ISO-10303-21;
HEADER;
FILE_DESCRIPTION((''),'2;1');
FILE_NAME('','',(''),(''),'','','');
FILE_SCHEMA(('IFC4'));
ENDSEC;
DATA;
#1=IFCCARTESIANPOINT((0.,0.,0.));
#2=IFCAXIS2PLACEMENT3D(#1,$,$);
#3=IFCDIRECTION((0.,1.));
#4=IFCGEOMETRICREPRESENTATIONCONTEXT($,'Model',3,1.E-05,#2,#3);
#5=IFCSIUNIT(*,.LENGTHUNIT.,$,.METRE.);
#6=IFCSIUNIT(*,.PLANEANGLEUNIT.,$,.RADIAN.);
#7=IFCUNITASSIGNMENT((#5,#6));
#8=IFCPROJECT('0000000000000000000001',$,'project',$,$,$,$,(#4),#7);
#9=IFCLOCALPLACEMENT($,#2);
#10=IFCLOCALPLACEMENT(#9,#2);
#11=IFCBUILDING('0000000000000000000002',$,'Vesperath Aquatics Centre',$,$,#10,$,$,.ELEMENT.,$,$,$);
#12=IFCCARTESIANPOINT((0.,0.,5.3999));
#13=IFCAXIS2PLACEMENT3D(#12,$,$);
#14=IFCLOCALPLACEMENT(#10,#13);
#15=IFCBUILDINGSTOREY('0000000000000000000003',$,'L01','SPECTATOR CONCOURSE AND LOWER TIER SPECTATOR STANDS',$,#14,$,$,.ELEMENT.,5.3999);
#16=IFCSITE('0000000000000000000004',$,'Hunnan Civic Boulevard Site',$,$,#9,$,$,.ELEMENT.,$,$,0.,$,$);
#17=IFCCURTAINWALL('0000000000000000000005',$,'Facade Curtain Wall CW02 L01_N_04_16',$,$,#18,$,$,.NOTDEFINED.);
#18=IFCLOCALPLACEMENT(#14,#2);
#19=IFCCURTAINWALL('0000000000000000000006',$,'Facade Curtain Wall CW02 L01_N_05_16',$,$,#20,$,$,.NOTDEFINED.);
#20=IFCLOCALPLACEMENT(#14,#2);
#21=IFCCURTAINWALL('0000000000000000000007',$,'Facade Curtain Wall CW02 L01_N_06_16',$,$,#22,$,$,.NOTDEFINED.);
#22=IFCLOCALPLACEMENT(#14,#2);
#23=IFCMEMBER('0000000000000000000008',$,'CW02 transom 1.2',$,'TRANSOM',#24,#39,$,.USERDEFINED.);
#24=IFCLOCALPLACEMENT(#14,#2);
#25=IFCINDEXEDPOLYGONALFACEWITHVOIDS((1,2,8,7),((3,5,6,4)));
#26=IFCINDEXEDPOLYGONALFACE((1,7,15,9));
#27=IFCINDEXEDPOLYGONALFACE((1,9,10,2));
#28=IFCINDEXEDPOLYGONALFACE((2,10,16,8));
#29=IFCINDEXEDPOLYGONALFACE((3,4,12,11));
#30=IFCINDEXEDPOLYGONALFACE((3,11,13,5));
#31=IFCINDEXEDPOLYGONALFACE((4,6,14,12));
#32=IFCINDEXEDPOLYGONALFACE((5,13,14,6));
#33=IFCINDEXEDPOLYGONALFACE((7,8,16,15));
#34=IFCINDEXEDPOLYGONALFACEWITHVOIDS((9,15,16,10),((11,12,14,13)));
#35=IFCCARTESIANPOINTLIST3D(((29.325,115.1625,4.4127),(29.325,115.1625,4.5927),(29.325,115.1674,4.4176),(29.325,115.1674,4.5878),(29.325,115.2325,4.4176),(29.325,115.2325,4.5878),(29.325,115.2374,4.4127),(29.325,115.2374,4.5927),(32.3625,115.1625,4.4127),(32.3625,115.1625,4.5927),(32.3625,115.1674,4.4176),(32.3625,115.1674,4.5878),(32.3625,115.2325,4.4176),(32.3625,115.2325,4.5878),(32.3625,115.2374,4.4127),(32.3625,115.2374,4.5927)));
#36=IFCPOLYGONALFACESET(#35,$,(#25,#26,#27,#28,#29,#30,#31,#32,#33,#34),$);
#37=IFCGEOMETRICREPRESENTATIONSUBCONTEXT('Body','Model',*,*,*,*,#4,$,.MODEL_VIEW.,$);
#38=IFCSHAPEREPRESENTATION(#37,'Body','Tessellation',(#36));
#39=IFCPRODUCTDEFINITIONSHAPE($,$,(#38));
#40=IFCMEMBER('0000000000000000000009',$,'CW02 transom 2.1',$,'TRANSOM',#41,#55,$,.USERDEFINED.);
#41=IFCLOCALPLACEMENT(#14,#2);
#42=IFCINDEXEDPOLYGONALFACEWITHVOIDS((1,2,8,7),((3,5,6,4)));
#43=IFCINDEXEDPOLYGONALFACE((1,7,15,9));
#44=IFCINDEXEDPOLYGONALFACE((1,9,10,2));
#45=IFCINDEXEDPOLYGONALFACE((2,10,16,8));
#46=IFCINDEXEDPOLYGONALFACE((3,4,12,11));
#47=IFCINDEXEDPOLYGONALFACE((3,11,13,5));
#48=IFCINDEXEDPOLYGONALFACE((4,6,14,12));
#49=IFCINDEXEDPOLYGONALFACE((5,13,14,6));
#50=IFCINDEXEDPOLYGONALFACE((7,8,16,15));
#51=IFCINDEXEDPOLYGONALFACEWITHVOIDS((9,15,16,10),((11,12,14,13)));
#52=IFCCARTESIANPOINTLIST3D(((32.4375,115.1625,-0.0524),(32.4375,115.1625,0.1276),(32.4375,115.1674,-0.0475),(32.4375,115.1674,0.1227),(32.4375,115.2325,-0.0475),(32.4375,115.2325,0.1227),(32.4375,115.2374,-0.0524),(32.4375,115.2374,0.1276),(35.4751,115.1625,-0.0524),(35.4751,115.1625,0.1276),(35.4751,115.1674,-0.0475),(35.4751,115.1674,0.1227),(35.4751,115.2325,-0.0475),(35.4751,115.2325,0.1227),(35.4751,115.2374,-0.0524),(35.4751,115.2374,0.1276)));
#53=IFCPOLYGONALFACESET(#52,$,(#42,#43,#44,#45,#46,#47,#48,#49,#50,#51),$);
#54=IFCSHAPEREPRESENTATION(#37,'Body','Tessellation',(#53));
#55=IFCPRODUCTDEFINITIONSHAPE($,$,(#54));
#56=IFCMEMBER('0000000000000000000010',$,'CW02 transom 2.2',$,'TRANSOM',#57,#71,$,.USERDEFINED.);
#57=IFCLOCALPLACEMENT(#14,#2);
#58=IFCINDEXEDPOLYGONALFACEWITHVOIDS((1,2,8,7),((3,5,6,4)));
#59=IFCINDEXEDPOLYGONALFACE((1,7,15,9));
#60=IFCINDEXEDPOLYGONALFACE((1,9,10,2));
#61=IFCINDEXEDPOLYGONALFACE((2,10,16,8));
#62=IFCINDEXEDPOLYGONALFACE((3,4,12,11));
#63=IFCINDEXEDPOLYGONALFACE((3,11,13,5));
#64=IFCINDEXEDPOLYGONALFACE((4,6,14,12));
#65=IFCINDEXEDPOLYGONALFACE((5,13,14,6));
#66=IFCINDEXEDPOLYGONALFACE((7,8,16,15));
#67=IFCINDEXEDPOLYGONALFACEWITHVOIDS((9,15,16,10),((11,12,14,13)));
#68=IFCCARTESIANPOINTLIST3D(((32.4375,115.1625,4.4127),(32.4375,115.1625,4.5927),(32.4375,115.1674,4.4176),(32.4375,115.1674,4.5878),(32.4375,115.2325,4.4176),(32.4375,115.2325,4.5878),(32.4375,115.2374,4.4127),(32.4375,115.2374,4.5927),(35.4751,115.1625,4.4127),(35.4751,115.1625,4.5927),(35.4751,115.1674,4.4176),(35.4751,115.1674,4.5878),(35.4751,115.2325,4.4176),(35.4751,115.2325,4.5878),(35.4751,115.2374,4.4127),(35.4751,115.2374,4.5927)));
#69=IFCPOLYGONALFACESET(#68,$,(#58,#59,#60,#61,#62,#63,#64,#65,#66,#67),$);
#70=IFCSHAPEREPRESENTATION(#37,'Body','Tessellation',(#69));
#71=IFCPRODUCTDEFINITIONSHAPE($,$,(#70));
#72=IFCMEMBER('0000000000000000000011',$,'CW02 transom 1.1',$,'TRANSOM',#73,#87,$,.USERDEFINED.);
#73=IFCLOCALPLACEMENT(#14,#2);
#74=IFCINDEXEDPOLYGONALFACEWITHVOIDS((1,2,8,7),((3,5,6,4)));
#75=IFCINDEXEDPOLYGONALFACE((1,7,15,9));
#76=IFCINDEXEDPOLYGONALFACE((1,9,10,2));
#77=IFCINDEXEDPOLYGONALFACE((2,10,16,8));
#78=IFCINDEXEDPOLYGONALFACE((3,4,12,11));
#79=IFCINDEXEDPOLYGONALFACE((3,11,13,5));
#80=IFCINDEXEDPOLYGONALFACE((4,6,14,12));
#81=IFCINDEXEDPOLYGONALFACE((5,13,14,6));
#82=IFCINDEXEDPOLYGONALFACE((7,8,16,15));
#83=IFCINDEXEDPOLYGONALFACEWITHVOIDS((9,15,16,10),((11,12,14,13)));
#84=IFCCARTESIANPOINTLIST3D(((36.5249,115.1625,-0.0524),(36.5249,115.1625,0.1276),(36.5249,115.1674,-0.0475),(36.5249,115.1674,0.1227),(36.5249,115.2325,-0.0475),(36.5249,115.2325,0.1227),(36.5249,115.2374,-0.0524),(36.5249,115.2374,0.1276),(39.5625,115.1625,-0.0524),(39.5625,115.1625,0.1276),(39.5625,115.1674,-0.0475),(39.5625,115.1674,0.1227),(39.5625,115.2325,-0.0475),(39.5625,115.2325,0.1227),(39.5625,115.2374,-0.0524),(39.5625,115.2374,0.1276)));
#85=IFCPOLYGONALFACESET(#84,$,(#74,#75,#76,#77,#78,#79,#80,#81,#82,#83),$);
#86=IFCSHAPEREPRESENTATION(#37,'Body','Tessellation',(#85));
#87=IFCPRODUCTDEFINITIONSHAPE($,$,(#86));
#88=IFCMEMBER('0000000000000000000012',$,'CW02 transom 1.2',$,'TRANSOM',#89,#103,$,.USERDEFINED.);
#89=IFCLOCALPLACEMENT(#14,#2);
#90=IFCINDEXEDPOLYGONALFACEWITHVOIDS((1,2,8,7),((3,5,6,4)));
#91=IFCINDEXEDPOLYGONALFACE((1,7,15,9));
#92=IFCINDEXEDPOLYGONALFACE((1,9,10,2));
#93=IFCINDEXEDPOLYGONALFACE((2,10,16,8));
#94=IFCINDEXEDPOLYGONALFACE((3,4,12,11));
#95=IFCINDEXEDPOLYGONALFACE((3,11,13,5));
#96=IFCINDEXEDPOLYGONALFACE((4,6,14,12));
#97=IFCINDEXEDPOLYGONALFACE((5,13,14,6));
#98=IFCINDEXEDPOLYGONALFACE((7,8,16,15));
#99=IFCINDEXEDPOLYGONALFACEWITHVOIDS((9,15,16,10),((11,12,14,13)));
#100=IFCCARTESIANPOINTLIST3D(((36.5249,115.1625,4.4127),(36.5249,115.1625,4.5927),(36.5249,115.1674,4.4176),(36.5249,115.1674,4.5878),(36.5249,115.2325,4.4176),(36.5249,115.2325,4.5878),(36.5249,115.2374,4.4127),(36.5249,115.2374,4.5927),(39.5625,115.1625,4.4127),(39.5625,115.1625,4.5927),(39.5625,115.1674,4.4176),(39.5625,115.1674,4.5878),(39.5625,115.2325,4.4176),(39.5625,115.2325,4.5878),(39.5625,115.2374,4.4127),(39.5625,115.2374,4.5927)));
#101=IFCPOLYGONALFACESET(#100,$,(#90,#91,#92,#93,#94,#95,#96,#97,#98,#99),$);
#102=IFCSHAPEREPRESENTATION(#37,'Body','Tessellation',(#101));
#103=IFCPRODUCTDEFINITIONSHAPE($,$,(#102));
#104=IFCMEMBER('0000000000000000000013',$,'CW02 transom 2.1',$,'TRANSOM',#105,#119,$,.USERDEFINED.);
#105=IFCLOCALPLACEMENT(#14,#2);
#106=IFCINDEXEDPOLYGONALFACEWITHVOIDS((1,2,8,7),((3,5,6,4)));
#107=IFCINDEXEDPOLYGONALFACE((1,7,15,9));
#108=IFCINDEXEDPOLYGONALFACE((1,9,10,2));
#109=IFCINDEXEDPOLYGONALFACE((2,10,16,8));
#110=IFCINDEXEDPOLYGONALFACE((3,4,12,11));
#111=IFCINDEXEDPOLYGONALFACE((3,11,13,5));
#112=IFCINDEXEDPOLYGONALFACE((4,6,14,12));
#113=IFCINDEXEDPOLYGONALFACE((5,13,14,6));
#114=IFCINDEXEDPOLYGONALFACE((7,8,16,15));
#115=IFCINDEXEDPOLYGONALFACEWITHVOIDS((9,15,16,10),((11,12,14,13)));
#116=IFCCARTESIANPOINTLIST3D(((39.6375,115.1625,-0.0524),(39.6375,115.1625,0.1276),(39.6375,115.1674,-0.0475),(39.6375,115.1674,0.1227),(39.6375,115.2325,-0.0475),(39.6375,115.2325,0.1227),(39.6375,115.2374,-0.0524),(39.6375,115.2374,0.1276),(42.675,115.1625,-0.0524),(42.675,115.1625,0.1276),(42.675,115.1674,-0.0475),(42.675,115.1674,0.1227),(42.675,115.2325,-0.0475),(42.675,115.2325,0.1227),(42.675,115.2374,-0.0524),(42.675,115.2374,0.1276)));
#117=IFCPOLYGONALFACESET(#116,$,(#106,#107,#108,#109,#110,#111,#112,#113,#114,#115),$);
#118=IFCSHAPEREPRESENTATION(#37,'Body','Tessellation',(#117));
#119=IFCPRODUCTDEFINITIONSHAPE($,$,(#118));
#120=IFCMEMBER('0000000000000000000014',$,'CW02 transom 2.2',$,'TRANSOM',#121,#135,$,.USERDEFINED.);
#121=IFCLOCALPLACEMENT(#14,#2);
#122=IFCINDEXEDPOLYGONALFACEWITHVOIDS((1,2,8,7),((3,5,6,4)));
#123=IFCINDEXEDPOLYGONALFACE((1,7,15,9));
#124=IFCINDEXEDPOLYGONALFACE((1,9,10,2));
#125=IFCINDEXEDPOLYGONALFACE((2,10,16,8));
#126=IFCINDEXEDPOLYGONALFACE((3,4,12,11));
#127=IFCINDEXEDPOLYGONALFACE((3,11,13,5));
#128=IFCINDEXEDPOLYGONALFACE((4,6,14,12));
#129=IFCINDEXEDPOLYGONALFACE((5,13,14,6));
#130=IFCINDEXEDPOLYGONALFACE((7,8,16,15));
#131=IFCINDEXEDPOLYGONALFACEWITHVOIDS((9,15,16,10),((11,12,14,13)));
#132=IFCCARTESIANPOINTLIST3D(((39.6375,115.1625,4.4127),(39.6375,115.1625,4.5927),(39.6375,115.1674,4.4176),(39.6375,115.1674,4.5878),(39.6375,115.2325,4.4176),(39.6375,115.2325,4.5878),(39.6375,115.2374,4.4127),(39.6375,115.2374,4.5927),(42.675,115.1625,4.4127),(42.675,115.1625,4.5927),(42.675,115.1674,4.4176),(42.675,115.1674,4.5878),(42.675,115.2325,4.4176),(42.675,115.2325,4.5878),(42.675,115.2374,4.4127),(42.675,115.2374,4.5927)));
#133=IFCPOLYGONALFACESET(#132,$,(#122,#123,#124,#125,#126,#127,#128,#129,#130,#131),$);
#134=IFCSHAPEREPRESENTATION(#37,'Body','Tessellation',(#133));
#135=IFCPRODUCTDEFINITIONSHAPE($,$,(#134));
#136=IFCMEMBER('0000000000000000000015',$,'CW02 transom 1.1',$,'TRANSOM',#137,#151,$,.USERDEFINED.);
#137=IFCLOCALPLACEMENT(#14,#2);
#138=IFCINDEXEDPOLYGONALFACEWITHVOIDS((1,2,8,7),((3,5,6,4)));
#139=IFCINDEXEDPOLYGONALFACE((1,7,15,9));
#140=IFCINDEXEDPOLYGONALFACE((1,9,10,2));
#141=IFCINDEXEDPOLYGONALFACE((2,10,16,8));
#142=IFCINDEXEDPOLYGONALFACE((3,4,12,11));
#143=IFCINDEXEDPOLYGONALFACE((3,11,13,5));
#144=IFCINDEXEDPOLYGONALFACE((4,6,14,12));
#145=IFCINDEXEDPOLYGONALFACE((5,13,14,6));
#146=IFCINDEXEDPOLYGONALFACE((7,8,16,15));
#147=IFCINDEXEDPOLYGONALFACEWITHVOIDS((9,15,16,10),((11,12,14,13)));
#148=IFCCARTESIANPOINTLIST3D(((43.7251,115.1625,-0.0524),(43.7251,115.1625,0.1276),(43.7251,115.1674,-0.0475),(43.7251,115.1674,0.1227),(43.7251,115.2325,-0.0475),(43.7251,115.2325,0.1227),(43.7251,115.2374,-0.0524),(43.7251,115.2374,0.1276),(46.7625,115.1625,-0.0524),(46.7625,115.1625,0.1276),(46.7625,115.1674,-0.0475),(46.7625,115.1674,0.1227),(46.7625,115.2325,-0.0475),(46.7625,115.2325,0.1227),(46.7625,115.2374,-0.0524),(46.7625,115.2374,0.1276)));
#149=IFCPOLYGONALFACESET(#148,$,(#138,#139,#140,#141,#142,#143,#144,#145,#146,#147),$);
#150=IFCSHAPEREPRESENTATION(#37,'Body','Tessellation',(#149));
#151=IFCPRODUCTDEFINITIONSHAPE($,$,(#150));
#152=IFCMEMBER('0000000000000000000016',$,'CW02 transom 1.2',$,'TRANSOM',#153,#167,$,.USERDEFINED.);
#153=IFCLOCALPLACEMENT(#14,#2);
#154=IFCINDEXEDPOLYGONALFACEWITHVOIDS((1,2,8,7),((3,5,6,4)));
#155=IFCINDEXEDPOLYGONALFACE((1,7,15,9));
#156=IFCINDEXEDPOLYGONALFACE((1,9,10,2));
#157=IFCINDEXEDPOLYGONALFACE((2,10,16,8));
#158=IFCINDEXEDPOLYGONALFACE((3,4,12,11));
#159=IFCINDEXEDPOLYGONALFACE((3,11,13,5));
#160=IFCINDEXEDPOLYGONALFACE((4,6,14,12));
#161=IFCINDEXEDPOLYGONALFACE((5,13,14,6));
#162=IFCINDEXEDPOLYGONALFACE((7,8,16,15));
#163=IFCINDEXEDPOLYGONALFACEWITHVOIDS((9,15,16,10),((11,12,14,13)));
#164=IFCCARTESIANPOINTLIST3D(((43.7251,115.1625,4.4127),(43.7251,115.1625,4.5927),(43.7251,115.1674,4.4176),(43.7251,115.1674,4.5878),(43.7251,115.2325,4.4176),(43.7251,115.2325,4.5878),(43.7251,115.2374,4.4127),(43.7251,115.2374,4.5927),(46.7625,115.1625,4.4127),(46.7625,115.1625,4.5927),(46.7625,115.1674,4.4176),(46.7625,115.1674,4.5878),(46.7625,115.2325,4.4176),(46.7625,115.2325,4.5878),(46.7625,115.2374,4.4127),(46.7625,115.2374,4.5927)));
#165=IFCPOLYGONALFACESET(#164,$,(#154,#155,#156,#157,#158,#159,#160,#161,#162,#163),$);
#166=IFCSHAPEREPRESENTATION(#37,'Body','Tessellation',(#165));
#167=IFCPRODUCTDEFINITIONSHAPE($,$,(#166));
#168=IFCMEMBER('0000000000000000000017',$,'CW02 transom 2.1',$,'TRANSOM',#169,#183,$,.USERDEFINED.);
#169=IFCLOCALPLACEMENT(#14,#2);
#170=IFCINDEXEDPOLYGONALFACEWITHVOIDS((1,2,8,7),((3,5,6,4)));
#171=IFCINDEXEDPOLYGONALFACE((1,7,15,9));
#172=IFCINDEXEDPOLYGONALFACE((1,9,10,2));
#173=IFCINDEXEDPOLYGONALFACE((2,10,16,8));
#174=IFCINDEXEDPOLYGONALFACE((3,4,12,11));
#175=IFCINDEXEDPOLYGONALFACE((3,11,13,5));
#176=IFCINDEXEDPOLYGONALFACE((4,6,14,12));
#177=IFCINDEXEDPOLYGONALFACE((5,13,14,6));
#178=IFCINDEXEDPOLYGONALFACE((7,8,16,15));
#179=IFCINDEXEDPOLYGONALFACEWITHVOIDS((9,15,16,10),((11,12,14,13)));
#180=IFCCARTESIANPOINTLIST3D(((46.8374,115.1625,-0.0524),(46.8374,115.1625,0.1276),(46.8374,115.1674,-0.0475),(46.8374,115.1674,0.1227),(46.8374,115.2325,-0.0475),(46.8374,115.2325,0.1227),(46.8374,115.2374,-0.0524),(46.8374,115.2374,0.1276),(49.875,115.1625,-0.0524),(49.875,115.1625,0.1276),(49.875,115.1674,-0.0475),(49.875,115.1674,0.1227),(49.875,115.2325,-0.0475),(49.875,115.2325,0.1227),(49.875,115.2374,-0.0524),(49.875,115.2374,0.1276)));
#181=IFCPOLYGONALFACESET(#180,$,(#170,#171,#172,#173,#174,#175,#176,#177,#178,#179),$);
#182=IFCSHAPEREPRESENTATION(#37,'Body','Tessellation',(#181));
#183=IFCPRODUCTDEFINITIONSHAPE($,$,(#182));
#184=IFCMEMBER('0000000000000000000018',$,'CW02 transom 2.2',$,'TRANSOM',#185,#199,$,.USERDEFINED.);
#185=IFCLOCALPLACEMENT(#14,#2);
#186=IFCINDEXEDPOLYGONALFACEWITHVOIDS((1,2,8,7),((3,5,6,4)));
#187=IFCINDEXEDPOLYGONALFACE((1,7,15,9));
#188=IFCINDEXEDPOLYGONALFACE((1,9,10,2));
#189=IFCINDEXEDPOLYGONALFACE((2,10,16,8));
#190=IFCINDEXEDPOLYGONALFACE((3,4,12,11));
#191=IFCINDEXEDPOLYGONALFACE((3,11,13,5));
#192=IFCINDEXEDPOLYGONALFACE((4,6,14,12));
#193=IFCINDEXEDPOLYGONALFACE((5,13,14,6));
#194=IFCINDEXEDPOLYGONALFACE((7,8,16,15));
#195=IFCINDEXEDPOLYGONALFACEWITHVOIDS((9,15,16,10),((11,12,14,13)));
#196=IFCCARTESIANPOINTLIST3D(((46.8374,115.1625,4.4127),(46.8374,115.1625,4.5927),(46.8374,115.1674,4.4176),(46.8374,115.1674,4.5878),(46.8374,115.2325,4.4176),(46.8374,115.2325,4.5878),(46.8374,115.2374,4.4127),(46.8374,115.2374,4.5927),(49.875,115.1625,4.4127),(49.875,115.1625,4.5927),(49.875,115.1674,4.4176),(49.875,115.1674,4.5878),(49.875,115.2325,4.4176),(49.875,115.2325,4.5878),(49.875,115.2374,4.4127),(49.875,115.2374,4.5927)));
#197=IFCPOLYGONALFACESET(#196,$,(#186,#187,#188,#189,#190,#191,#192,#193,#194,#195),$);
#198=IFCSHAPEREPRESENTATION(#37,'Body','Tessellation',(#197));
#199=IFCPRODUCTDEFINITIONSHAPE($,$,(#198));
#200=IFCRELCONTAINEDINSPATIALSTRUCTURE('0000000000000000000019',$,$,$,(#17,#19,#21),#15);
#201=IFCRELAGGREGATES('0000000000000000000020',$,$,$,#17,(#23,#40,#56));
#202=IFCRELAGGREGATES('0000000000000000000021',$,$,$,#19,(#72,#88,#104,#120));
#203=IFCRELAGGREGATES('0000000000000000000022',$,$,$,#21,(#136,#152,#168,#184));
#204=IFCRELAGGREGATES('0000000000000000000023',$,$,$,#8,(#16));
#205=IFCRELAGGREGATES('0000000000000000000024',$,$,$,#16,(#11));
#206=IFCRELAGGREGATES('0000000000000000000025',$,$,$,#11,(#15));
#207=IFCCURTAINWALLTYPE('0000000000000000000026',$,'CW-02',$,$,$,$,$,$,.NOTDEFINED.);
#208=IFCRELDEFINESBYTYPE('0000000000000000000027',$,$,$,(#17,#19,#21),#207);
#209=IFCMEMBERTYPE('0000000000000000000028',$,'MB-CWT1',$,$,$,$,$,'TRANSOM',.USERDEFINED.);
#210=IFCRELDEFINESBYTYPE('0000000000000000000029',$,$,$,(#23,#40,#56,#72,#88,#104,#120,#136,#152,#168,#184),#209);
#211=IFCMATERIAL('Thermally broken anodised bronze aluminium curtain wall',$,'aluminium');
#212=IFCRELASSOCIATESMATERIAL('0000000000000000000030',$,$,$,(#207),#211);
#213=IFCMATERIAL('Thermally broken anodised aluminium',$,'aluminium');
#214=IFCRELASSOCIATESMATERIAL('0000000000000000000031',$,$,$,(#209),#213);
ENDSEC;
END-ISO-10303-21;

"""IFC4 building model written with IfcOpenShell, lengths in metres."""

from ifc_helpers import new_model, si_unit, direction, frame, origin, origin_2d, place, context, subcontext, project, spatial, hollow_rectangle, extrude, material, material_profile, profile_set, type_object, element, aggregate, save


model = new_model("IFC4")

# Units and contexts
model_context = context("Model", 3, precision=1e-05, world=origin(), true_north=direction((0.0, 1.0)))
body_context = subcontext(model_context, "Body", "Model", "MODEL_VIEW")
ifc_project = project(units=[si_unit("LENGTHUNIT", "METRE"), si_unit("PLANEANGLEUNIT", "RADIAN")], contexts=[model_context])

# Site, building, storey
site_placement = place(None, origin())
site = spatial("IfcSite", under=ifc_project, at=site_placement, Name="Hunnan Civic Boulevard Site", CompositionType="ELEMENT", RefElevation=0.0)
building_placement = place(site_placement, origin())
building = spatial("IfcBuilding", under=site, at=building_placement, Name="Vesperath Aquatics Centre", CompositionType="ELEMENT")
storey_placement = place(building_placement, frame((0.0, 0.0, 5.3999)))
storey = spatial("IfcBuildingStorey", under=building, at=storey_placement, Name="L01", Description="SPECTATOR CONCOURSE AND LOWER TIER SPECTATOR STANDS", CompositionType="ELEMENT", Elevation=5.3999)

# Curtain walls
ifc_material_1 = material(Name="Thermally broken anodised bronze aluminium curtain wall", Category="aluminium")
curtain_wall_type = type_object("IfcCurtainWallType", Name="CW-02", PredefinedType="NOTDEFINED", material=ifc_material_1)
curtain_wall_1_placement = place(storey_placement, origin())
curtain_wall_1 = element("IfcCurtainWall", 1, at=curtain_wall_1_placement, inside=storey, type_object=curtain_wall_type, Name="Facade Curtain Wall CW02 L01_N_04_16", PredefinedType="NOTDEFINED")
ifc_material_2 = material(Name="Thermally broken anodised aluminium", Category="aluminium")
curtain_wall_2_placement = place(storey_placement, origin())
curtain_wall_2 = element("IfcCurtainWall", 2, at=curtain_wall_2_placement, inside=storey, type_object=curtain_wall_type, Name="Facade Curtain Wall CW02 L01_N_05_16", PredefinedType="NOTDEFINED")
curtain_wall_3_placement = place(storey_placement, origin())
curtain_wall_3 = element("IfcCurtainWall", 3, at=curtain_wall_3_placement, inside=storey, type_object=curtain_wall_type, Name="Facade Curtain Wall CW02 L01_N_06_16", PredefinedType="NOTDEFINED")

# Members
ifc_material_profile_1 = material_profile(ifc_material_2, hollow_rectangle(XDim=0.075, YDim=0.1799, WallThickness=0.0049, at=origin_2d()), Name="CWT 75x180x5")
ifc_profile_set_1 = profile_set([ifc_material_profile_1], Name="Thermally broken anodised aluminium")
member_type_1 = type_object("IfcMemberType", Name="MB-CWT1", ElementType="TRANSOM", PredefinedType="USERDEFINED", material=ifc_profile_set_1)
member_1_placement = place(storey_placement, frame((29.325, 115.2, 4.5027), z_axis=(1.0, 0.0, 0.0), x_axis=(0.0, 1.0, 0.0)))
member_1 = element("IfcMember", 4, at=member_1_placement, type_object=member_type_1, Name="CW02 transom 1.2", ObjectType="TRANSOM", PredefinedType="USERDEFINED", context=body_context, shape_type="SweptSolid", body=[
    extrude(hollow_rectangle(XDim=0.075, YDim=0.1799, WallThickness=0.0049, at=origin_2d()), origin(), (0.0, 0.0, 1.0), 3.0376),
])
member_2_placement = place(storey_placement, frame((32.4375, 115.2, 0.0376), z_axis=(1.0, 0.0, 0.0), x_axis=(0.0, 1.0, 0.0)))
member_2 = element("IfcMember", 5, at=member_2_placement, type_object=member_type_1, Name="CW02 transom 2.1", ObjectType="TRANSOM", PredefinedType="USERDEFINED", context=body_context, shape_type="SweptSolid", body=[
    extrude(hollow_rectangle(XDim=0.075, YDim=0.1799, WallThickness=0.0049, at=origin_2d()), origin(), (0.0, 0.0, 1.0), 3.0376),
])
member_3_placement = place(storey_placement, frame((32.4375, 115.2, 4.5027), z_axis=(1.0, 0.0, 0.0), x_axis=(0.0, 1.0, 0.0)))
member_3 = element("IfcMember", 6, at=member_3_placement, type_object=member_type_1, Name="CW02 transom 2.2", ObjectType="TRANSOM", PredefinedType="USERDEFINED", context=body_context, shape_type="SweptSolid", body=[
    extrude(hollow_rectangle(XDim=0.075, YDim=0.1799, WallThickness=0.0049, at=origin_2d()), origin(), (0.0, 0.0, 1.0), 3.0376),
])
member_4_placement = place(storey_placement, frame((36.5249, 115.2, 0.0376), z_axis=(1.0, 0.0, 0.0), x_axis=(0.0, 1.0, 0.0)))
member_4 = element("IfcMember", 7, at=member_4_placement, type_object=member_type_1, Name="CW02 transom 1.1", ObjectType="TRANSOM", PredefinedType="USERDEFINED", context=body_context, shape_type="SweptSolid", body=[
    extrude(hollow_rectangle(XDim=0.075, YDim=0.1799, WallThickness=0.0049, at=origin_2d()), origin(), (0.0, 0.0, 1.0), 3.0376),
])
member_5_placement = place(storey_placement, frame((36.5249, 115.2, 4.5027), z_axis=(1.0, 0.0, 0.0), x_axis=(0.0, 1.0, 0.0)))
member_5 = element("IfcMember", 8, at=member_5_placement, type_object=member_type_1, Name="CW02 transom 1.2", ObjectType="TRANSOM", PredefinedType="USERDEFINED", context=body_context, shape_type="SweptSolid", body=[
    extrude(hollow_rectangle(XDim=0.075, YDim=0.1799, WallThickness=0.0049, at=origin_2d()), origin(), (0.0, 0.0, 1.0), 3.0376),
])
member_6_placement = place(storey_placement, frame((39.6375, 115.2, 0.0376), z_axis=(1.0, 0.0, 0.0), x_axis=(0.0, 1.0, 0.0)))
member_6 = element("IfcMember", 9, at=member_6_placement, type_object=member_type_1, Name="CW02 transom 2.1", ObjectType="TRANSOM", PredefinedType="USERDEFINED", context=body_context, shape_type="SweptSolid", body=[
    extrude(hollow_rectangle(XDim=0.075, YDim=0.1799, WallThickness=0.0049, at=origin_2d()), origin(), (0.0, 0.0, 1.0), 3.0376),
])
member_7_placement = place(storey_placement, frame((39.6375, 115.2, 4.5027), z_axis=(1.0, 0.0, 0.0), x_axis=(0.0, 1.0, 0.0)))
member_7 = element("IfcMember", 10, at=member_7_placement, type_object=member_type_1, Name="CW02 transom 2.2", ObjectType="TRANSOM", PredefinedType="USERDEFINED", context=body_context, shape_type="SweptSolid", body=[
    extrude(hollow_rectangle(XDim=0.075, YDim=0.1799, WallThickness=0.0049, at=origin_2d()), origin(), (0.0, 0.0, 1.0), 3.0376),
])
member_8_placement = place(storey_placement, frame((43.7251, 115.2, 0.0376), z_axis=(1.0, 0.0, 0.0), x_axis=(0.0, 1.0, 0.0)))
member_8 = element("IfcMember", 11, at=member_8_placement, type_object=member_type_1, Name="CW02 transom 1.1", ObjectType="TRANSOM", PredefinedType="USERDEFINED", context=body_context, shape_type="SweptSolid", body=[
    extrude(hollow_rectangle(XDim=0.075, YDim=0.1799, WallThickness=0.0049, at=origin_2d()), origin(), (0.0, 0.0, 1.0), 3.0374),
])
member_9_placement = place(storey_placement, frame((43.7251, 115.2, 4.5027), z_axis=(1.0, 0.0, 0.0), x_axis=(0.0, 1.0, 0.0)))
member_9 = element("IfcMember", 12, at=member_9_placement, type_object=member_type_1, Name="CW02 transom 1.2", ObjectType="TRANSOM", PredefinedType="USERDEFINED", context=body_context, shape_type="SweptSolid", body=[
    extrude(hollow_rectangle(XDim=0.075, YDim=0.1799, WallThickness=0.0049, at=origin_2d()), origin(), (0.0, 0.0, 1.0), 3.0374),
])
member_10_placement = place(storey_placement, frame((46.8374, 115.2, 0.0376), z_axis=(1.0, 0.0, 0.0), x_axis=(0.0, 1.0, 0.0)))
member_10 = element("IfcMember", 13, at=member_10_placement, type_object=member_type_1, Name="CW02 transom 2.1", ObjectType="TRANSOM", PredefinedType="USERDEFINED", context=body_context, shape_type="SweptSolid", body=[
    extrude(hollow_rectangle(XDim=0.075, YDim=0.1799, WallThickness=0.0049, at=origin_2d()), origin(), (0.0, 0.0, 1.0), 3.0376),
])
member_11_placement = place(storey_placement, frame((46.8374, 115.2, 4.5027), z_axis=(1.0, 0.0, 0.0), x_axis=(0.0, 1.0, 0.0)))
member_11 = element("IfcMember", 14, at=member_11_placement, type_object=member_type_1, Name="CW02 transom 2.2", ObjectType="TRANSOM", PredefinedType="USERDEFINED", context=body_context, shape_type="SweptSolid", body=[
    extrude(hollow_rectangle(XDim=0.075, YDim=0.1799, WallThickness=0.0049, at=origin_2d()), origin(), (0.0, 0.0, 1.0), 3.0376),
])

aggregate(curtain_wall_1, [member_1, member_2, member_3])
aggregate(curtain_wall_2, [member_4, member_5, member_6, member_7])
aggregate(curtain_wall_3, [member_8, member_9, member_10, member_11])

save(model, "model.ifc")
